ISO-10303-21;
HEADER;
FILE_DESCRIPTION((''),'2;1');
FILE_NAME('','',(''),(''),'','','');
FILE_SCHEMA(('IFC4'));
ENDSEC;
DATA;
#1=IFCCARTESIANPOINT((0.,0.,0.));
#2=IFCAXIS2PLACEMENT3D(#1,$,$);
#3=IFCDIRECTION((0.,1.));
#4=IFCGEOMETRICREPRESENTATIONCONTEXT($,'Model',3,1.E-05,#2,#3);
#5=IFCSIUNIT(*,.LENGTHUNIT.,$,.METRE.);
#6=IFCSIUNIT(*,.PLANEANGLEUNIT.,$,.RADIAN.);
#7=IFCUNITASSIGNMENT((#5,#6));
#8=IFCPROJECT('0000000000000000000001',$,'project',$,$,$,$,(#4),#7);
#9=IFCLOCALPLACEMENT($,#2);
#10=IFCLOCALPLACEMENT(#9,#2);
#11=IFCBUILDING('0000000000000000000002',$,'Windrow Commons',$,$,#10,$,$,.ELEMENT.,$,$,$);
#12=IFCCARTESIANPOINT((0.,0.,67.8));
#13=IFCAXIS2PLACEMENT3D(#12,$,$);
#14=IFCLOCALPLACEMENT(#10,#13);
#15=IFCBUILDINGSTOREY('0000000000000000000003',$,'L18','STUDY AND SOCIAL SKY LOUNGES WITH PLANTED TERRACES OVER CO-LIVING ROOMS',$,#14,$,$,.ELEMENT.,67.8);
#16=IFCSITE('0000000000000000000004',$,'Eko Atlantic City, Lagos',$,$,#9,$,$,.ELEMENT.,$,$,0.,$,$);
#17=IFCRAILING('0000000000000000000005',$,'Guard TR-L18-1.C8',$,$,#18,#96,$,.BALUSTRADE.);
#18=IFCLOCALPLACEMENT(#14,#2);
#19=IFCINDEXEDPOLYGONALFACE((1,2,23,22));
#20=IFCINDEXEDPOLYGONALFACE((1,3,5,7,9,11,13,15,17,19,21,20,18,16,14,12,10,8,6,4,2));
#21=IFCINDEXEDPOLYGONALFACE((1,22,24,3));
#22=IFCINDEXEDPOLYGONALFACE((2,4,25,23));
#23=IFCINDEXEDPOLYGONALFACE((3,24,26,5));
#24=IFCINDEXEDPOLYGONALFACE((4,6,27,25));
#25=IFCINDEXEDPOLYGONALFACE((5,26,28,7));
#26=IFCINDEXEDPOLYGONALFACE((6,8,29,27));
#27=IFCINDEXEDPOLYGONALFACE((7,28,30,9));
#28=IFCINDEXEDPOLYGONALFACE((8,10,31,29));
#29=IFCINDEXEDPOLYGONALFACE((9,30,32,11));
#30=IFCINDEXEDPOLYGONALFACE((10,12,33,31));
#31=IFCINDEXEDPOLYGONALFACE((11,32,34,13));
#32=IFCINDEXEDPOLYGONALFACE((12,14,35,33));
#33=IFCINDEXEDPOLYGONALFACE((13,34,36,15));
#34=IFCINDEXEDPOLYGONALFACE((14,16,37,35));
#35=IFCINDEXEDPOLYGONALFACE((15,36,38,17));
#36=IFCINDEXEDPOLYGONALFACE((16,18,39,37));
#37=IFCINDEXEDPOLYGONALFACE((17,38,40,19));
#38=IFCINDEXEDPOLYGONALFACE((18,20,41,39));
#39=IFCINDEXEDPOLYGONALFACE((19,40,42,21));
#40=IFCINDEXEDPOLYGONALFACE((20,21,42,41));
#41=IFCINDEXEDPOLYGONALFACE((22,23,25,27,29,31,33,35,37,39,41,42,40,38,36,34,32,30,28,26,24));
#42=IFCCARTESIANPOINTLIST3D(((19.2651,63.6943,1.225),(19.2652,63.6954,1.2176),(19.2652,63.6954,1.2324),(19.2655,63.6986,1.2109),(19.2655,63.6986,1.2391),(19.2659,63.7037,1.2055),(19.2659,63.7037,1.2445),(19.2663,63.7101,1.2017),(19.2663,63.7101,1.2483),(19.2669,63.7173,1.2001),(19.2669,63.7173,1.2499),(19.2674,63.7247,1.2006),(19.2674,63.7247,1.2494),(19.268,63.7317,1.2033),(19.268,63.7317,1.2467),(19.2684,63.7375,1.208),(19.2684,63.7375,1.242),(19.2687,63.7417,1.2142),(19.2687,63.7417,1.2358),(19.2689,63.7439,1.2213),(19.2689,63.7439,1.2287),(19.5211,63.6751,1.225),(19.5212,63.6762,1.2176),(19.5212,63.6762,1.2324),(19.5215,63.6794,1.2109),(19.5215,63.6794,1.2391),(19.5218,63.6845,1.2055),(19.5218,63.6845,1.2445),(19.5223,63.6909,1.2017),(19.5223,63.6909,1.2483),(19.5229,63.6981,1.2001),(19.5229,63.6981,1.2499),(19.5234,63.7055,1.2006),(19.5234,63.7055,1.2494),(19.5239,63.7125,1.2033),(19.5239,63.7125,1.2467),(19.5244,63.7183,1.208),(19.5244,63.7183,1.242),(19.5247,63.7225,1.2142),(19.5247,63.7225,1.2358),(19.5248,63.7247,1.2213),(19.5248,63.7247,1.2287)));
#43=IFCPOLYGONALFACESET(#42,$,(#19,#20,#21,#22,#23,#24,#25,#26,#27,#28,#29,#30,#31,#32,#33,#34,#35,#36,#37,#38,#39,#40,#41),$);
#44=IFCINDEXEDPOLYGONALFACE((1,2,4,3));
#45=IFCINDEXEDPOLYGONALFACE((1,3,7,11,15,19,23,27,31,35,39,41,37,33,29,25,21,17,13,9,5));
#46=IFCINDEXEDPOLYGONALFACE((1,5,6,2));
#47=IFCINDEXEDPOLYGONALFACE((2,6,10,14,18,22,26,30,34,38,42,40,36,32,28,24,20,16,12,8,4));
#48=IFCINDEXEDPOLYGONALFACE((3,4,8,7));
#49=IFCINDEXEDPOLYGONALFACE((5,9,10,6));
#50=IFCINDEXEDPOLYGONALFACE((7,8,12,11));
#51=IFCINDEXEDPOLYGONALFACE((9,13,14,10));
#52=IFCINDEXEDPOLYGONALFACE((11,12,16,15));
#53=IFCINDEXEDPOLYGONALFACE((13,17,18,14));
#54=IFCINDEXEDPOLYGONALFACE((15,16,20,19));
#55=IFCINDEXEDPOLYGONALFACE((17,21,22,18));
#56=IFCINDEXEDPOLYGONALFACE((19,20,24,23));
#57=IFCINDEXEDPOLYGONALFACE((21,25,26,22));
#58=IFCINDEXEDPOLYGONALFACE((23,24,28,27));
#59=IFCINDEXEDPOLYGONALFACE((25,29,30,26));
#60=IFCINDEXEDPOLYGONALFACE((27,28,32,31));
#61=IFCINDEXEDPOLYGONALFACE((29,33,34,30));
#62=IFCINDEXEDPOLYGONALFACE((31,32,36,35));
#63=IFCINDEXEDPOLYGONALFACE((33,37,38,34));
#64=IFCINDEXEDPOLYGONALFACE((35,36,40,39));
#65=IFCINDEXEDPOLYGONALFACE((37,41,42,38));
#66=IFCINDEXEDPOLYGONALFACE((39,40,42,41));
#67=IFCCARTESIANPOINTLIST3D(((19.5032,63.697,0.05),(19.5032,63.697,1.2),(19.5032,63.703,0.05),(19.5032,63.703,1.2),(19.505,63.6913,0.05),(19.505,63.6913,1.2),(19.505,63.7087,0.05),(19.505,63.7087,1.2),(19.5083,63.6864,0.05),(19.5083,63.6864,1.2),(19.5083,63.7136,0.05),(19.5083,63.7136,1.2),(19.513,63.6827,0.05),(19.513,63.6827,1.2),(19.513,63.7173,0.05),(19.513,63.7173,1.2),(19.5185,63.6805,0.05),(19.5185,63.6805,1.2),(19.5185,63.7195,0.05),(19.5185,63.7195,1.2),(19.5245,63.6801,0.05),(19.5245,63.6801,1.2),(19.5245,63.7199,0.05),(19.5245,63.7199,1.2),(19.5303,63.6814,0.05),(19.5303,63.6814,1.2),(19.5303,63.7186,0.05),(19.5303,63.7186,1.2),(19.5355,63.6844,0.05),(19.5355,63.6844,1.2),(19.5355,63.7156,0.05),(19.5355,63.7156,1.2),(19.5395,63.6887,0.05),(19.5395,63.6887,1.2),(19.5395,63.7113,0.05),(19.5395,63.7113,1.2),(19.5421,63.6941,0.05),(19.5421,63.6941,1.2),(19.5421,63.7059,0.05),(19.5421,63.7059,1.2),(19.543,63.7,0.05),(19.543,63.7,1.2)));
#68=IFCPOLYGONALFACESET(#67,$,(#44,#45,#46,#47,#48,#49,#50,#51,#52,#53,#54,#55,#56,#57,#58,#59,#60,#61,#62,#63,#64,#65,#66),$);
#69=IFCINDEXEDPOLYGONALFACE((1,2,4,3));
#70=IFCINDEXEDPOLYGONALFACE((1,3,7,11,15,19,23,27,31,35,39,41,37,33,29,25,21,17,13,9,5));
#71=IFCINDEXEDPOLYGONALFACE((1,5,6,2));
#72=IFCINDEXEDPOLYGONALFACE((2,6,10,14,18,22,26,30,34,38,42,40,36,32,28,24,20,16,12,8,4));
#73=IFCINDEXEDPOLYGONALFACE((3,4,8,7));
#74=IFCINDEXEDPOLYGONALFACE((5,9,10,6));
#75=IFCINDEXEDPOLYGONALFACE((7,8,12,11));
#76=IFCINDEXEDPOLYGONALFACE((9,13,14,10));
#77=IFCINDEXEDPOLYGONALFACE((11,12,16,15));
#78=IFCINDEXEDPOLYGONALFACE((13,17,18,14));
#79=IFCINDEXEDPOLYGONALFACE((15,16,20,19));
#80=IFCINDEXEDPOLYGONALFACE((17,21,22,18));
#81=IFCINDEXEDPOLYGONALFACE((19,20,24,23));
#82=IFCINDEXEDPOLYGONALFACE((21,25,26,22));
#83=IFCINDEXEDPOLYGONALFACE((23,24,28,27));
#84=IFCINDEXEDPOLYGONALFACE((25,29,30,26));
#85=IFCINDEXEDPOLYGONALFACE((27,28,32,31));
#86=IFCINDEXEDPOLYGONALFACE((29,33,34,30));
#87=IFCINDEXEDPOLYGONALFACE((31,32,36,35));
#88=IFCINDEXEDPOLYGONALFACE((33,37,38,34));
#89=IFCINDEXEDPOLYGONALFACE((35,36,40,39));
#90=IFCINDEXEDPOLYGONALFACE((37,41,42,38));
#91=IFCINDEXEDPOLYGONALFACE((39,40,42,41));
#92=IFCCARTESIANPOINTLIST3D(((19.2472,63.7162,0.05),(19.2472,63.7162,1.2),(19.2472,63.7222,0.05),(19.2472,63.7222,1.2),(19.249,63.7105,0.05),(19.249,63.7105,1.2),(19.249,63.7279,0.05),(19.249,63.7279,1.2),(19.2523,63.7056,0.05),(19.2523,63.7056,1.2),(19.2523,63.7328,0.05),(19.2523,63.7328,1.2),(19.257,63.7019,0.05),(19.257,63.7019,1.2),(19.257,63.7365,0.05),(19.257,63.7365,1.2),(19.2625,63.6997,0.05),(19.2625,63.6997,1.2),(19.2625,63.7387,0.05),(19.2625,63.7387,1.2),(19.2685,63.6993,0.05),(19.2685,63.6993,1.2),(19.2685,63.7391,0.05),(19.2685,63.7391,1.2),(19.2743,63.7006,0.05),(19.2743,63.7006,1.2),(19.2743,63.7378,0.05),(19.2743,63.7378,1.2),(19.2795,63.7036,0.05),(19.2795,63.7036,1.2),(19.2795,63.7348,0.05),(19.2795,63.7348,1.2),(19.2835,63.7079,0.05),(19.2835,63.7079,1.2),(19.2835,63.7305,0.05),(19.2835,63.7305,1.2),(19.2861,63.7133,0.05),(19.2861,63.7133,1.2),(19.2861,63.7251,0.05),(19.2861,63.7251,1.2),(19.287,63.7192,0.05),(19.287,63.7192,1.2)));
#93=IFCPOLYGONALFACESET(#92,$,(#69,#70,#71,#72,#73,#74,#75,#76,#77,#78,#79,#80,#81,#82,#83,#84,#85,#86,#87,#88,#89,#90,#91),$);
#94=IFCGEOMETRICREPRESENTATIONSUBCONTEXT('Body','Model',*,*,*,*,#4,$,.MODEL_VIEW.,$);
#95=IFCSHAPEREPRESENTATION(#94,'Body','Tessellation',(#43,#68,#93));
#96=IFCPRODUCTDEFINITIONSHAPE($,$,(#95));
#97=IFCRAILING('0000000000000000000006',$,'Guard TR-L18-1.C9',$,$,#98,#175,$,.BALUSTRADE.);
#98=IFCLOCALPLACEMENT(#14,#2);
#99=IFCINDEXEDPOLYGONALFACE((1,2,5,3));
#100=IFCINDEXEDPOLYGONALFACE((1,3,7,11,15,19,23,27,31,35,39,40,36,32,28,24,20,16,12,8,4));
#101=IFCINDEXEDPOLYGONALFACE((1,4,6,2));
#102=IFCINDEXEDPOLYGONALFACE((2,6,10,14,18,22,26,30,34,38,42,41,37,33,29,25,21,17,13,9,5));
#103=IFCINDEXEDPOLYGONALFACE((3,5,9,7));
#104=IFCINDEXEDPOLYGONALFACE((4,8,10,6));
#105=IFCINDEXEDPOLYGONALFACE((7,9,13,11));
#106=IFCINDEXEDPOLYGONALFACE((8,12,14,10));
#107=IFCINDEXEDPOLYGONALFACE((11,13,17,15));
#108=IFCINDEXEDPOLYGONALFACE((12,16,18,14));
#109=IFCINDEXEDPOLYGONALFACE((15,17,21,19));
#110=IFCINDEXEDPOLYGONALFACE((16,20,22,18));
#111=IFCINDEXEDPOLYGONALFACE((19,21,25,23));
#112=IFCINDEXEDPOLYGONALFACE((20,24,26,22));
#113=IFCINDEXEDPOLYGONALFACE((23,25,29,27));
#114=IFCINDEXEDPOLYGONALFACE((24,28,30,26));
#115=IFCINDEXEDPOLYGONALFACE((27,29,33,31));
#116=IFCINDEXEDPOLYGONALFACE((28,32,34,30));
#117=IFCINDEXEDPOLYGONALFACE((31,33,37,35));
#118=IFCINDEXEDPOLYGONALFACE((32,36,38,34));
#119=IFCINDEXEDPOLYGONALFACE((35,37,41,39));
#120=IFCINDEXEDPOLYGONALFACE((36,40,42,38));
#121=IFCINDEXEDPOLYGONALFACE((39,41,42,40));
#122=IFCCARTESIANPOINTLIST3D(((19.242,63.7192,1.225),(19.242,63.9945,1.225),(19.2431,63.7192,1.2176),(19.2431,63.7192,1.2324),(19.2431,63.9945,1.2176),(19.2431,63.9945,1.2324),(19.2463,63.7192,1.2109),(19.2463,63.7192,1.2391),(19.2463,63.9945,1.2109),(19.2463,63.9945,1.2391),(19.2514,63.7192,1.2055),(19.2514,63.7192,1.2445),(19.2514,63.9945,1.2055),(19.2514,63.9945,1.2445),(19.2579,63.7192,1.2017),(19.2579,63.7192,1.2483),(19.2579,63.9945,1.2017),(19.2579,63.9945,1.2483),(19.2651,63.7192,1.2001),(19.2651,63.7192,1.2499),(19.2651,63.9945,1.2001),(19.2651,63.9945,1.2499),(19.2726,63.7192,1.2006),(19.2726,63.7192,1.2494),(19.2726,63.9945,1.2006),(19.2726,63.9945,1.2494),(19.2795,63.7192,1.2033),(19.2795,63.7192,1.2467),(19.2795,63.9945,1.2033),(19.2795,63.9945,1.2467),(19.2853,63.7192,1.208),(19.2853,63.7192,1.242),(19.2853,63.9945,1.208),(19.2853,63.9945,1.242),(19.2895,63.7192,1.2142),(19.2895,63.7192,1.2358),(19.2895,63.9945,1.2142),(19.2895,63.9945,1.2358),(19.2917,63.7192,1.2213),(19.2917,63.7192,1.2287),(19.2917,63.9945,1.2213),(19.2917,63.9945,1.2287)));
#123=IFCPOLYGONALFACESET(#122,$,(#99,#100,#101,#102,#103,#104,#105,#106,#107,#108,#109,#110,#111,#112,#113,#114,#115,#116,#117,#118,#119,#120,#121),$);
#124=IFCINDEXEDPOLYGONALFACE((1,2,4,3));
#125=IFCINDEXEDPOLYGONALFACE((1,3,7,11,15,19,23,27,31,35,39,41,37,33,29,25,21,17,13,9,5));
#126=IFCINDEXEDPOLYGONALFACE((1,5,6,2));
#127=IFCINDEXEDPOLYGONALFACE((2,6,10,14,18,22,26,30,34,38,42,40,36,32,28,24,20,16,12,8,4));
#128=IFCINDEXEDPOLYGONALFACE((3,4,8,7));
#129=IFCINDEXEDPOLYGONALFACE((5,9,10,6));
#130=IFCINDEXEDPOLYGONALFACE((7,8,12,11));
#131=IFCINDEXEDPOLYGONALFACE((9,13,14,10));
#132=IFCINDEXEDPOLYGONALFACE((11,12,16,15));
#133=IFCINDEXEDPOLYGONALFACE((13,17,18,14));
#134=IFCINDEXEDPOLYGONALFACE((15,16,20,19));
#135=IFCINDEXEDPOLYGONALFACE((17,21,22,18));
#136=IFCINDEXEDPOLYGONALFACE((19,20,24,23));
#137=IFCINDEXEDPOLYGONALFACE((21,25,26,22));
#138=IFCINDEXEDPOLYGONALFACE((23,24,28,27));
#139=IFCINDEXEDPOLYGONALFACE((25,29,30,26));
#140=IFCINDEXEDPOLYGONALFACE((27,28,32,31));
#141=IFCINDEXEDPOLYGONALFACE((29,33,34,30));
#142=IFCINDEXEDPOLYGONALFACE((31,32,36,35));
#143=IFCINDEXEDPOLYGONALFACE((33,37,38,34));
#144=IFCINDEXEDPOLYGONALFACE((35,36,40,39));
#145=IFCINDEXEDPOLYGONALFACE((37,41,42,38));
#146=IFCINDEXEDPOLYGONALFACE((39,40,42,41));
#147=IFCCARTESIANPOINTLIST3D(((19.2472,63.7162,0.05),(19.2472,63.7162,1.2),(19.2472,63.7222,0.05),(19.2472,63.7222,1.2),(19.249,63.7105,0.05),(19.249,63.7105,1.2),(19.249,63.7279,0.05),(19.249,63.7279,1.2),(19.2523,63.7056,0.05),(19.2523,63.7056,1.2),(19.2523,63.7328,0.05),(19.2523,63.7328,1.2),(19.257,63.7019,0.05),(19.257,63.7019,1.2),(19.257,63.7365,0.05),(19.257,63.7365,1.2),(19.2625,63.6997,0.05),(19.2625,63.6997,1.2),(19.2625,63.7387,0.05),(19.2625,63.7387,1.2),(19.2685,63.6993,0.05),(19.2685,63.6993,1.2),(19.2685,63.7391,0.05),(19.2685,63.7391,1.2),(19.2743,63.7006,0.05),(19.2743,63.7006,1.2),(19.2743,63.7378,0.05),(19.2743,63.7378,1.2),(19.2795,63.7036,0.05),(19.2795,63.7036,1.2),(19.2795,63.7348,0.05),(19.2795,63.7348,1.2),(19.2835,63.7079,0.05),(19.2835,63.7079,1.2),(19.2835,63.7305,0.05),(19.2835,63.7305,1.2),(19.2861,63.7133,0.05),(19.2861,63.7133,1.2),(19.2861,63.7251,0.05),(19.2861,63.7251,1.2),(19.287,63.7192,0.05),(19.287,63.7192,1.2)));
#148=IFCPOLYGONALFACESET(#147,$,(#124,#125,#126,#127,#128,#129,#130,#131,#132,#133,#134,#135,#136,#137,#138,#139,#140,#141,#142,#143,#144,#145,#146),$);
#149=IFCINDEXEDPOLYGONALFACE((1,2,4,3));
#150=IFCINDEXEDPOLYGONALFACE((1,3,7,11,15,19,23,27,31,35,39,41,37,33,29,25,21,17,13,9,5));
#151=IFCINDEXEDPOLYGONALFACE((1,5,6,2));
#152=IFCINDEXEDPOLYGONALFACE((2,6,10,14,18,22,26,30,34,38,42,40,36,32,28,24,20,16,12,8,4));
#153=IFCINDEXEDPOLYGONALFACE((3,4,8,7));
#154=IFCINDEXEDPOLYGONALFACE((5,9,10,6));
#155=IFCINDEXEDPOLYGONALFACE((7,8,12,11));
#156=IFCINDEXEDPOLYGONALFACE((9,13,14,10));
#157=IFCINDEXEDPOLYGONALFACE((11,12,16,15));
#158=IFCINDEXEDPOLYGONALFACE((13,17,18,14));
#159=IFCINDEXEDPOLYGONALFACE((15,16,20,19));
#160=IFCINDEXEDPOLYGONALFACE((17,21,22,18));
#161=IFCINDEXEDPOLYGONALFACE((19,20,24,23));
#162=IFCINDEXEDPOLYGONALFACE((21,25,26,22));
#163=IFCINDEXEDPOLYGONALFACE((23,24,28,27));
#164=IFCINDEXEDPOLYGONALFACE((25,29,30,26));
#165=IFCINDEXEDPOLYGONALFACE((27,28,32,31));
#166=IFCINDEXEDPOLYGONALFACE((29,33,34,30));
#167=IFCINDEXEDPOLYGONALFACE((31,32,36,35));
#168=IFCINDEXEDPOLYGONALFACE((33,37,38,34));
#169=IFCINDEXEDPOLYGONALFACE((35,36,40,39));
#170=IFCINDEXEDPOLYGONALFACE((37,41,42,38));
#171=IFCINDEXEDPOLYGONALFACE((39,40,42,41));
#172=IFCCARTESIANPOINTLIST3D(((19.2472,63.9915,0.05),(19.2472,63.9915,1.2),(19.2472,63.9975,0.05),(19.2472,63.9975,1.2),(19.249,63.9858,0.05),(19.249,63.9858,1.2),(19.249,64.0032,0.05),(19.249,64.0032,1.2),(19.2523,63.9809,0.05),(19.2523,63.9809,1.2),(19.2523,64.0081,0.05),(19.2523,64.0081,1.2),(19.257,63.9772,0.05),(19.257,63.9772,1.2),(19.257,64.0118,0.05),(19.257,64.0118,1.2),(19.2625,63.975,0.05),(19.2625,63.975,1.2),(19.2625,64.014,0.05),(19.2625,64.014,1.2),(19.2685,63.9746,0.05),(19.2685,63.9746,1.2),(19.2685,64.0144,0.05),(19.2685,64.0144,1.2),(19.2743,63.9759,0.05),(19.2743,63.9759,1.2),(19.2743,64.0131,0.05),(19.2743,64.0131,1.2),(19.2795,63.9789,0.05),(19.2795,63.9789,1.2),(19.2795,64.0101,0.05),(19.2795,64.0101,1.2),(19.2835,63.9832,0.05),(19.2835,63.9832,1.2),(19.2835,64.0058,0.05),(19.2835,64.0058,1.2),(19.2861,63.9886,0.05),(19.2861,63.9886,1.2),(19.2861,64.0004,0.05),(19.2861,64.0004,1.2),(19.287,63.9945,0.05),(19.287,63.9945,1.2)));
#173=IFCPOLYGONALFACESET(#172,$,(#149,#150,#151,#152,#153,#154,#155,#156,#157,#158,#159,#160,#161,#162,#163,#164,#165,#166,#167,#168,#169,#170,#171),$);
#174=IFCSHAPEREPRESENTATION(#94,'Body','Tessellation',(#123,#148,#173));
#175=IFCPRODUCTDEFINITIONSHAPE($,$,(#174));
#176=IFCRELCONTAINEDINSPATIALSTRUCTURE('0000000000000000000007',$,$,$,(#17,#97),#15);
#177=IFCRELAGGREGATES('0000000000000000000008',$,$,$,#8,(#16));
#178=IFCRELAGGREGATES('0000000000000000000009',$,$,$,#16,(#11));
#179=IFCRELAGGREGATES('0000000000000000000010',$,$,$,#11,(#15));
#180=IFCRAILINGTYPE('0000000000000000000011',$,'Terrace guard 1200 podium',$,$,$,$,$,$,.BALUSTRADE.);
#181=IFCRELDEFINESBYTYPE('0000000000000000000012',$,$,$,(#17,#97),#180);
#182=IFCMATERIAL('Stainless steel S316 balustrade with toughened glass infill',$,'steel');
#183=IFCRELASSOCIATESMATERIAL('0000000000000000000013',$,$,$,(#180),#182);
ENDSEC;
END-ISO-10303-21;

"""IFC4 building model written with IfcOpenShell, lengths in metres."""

from ifc_helpers import new_model, si_unit, direction, frame, origin, origin_2d, place, context, subcontext, project, spatial, circle, extrude, material, type_object, element, save


model = new_model("IFC4")

# Units and contexts
model_context = context("Model", 3, precision=1e-05, world=origin(), true_north=direction((0.0, 1.0)))
body_context = subcontext(model_context, "Body", "Model", "MODEL_VIEW")
ifc_project = project(units=[si_unit("LENGTHUNIT", "METRE"), si_unit("PLANEANGLEUNIT", "RADIAN")], contexts=[model_context])

# Site, building, storey
site_placement = place(None, origin())
site = spatial("IfcSite", under=ifc_project, at=site_placement, Name="Eko Atlantic City, Lagos", CompositionType="ELEMENT", RefElevation=0.0)
building_placement = place(site_placement, origin())
building = spatial("IfcBuilding", under=site, at=building_placement, Name="Windrow Commons", CompositionType="ELEMENT")
storey_placement = place(building_placement, frame((0.0, 0.0, 67.8)))
storey = spatial("IfcBuildingStorey", under=building, at=storey_placement, Name="L18", Description="STUDY AND SOCIAL SKY LOUNGES WITH PLANTED TERRACES OVER CO-LIVING ROOMS", CompositionType="ELEMENT", Elevation=67.8)

# Railings
ifc_material_1 = material(Name="Stainless steel S316 balustrade with toughened glass infill", Category="steel")
railing_type = type_object("IfcRailingType", Name="Terrace guard 1200 podium", PredefinedType="BALUSTRADE", material=ifc_material_1)
railing_1_placement = place(storey_placement, frame((19.523, 63.7, 0.05)))
element("IfcRailing", 1, at=railing_1_placement, inside=storey, type_object=railing_type, Name="Guard TR-L18-1.C8", PredefinedType="BALUSTRADE", context=body_context, shape_type="SweptSolid", body=[
    extrude(circle(Radius=0.025, at=origin_2d()), frame((0.0, 0.0, 1.175), z_axis=(-0.997199, 0.07479, 0.0), x_axis=(-0.07479, -0.997199, 0.0)), (0.0, 0.0, 1.0), 0.2567),
    extrude(circle(Radius=0.02, at=origin_2d()), origin(), (0.0, 0.0, 1.0), 1.15),
    extrude(circle(Radius=0.02, at=origin_2d()), frame((-0.256, 0.0192, 0.0)), (0.0, 0.0, 1.0), 1.15),
])
railing_2_placement = place(storey_placement, frame((19.267, 63.7192, 0.05)))
element("IfcRailing", 2, at=railing_2_placement, inside=storey, type_object=railing_type, Name="Guard TR-L18-1.C9", PredefinedType="BALUSTRADE", context=body_context, shape_type="SweptSolid", body=[
    extrude(circle(Radius=0.025, at=origin_2d()), frame((0.0, 0.0, 1.175), z_axis=(0.0, 1.0, 0.0), x_axis=(-1.0, 0.0, 0.0)), (0.0, 0.0, 1.0), 0.2753),
    extrude(circle(Radius=0.02, at=origin_2d()), origin(), (0.0, 0.0, 1.0), 1.15),
    extrude(circle(Radius=0.02, at=origin_2d()), frame((0.0, 0.2753, 0.0)), (0.0, 0.0, 1.0), 1.15),
])

save(model, "model.ifc")
